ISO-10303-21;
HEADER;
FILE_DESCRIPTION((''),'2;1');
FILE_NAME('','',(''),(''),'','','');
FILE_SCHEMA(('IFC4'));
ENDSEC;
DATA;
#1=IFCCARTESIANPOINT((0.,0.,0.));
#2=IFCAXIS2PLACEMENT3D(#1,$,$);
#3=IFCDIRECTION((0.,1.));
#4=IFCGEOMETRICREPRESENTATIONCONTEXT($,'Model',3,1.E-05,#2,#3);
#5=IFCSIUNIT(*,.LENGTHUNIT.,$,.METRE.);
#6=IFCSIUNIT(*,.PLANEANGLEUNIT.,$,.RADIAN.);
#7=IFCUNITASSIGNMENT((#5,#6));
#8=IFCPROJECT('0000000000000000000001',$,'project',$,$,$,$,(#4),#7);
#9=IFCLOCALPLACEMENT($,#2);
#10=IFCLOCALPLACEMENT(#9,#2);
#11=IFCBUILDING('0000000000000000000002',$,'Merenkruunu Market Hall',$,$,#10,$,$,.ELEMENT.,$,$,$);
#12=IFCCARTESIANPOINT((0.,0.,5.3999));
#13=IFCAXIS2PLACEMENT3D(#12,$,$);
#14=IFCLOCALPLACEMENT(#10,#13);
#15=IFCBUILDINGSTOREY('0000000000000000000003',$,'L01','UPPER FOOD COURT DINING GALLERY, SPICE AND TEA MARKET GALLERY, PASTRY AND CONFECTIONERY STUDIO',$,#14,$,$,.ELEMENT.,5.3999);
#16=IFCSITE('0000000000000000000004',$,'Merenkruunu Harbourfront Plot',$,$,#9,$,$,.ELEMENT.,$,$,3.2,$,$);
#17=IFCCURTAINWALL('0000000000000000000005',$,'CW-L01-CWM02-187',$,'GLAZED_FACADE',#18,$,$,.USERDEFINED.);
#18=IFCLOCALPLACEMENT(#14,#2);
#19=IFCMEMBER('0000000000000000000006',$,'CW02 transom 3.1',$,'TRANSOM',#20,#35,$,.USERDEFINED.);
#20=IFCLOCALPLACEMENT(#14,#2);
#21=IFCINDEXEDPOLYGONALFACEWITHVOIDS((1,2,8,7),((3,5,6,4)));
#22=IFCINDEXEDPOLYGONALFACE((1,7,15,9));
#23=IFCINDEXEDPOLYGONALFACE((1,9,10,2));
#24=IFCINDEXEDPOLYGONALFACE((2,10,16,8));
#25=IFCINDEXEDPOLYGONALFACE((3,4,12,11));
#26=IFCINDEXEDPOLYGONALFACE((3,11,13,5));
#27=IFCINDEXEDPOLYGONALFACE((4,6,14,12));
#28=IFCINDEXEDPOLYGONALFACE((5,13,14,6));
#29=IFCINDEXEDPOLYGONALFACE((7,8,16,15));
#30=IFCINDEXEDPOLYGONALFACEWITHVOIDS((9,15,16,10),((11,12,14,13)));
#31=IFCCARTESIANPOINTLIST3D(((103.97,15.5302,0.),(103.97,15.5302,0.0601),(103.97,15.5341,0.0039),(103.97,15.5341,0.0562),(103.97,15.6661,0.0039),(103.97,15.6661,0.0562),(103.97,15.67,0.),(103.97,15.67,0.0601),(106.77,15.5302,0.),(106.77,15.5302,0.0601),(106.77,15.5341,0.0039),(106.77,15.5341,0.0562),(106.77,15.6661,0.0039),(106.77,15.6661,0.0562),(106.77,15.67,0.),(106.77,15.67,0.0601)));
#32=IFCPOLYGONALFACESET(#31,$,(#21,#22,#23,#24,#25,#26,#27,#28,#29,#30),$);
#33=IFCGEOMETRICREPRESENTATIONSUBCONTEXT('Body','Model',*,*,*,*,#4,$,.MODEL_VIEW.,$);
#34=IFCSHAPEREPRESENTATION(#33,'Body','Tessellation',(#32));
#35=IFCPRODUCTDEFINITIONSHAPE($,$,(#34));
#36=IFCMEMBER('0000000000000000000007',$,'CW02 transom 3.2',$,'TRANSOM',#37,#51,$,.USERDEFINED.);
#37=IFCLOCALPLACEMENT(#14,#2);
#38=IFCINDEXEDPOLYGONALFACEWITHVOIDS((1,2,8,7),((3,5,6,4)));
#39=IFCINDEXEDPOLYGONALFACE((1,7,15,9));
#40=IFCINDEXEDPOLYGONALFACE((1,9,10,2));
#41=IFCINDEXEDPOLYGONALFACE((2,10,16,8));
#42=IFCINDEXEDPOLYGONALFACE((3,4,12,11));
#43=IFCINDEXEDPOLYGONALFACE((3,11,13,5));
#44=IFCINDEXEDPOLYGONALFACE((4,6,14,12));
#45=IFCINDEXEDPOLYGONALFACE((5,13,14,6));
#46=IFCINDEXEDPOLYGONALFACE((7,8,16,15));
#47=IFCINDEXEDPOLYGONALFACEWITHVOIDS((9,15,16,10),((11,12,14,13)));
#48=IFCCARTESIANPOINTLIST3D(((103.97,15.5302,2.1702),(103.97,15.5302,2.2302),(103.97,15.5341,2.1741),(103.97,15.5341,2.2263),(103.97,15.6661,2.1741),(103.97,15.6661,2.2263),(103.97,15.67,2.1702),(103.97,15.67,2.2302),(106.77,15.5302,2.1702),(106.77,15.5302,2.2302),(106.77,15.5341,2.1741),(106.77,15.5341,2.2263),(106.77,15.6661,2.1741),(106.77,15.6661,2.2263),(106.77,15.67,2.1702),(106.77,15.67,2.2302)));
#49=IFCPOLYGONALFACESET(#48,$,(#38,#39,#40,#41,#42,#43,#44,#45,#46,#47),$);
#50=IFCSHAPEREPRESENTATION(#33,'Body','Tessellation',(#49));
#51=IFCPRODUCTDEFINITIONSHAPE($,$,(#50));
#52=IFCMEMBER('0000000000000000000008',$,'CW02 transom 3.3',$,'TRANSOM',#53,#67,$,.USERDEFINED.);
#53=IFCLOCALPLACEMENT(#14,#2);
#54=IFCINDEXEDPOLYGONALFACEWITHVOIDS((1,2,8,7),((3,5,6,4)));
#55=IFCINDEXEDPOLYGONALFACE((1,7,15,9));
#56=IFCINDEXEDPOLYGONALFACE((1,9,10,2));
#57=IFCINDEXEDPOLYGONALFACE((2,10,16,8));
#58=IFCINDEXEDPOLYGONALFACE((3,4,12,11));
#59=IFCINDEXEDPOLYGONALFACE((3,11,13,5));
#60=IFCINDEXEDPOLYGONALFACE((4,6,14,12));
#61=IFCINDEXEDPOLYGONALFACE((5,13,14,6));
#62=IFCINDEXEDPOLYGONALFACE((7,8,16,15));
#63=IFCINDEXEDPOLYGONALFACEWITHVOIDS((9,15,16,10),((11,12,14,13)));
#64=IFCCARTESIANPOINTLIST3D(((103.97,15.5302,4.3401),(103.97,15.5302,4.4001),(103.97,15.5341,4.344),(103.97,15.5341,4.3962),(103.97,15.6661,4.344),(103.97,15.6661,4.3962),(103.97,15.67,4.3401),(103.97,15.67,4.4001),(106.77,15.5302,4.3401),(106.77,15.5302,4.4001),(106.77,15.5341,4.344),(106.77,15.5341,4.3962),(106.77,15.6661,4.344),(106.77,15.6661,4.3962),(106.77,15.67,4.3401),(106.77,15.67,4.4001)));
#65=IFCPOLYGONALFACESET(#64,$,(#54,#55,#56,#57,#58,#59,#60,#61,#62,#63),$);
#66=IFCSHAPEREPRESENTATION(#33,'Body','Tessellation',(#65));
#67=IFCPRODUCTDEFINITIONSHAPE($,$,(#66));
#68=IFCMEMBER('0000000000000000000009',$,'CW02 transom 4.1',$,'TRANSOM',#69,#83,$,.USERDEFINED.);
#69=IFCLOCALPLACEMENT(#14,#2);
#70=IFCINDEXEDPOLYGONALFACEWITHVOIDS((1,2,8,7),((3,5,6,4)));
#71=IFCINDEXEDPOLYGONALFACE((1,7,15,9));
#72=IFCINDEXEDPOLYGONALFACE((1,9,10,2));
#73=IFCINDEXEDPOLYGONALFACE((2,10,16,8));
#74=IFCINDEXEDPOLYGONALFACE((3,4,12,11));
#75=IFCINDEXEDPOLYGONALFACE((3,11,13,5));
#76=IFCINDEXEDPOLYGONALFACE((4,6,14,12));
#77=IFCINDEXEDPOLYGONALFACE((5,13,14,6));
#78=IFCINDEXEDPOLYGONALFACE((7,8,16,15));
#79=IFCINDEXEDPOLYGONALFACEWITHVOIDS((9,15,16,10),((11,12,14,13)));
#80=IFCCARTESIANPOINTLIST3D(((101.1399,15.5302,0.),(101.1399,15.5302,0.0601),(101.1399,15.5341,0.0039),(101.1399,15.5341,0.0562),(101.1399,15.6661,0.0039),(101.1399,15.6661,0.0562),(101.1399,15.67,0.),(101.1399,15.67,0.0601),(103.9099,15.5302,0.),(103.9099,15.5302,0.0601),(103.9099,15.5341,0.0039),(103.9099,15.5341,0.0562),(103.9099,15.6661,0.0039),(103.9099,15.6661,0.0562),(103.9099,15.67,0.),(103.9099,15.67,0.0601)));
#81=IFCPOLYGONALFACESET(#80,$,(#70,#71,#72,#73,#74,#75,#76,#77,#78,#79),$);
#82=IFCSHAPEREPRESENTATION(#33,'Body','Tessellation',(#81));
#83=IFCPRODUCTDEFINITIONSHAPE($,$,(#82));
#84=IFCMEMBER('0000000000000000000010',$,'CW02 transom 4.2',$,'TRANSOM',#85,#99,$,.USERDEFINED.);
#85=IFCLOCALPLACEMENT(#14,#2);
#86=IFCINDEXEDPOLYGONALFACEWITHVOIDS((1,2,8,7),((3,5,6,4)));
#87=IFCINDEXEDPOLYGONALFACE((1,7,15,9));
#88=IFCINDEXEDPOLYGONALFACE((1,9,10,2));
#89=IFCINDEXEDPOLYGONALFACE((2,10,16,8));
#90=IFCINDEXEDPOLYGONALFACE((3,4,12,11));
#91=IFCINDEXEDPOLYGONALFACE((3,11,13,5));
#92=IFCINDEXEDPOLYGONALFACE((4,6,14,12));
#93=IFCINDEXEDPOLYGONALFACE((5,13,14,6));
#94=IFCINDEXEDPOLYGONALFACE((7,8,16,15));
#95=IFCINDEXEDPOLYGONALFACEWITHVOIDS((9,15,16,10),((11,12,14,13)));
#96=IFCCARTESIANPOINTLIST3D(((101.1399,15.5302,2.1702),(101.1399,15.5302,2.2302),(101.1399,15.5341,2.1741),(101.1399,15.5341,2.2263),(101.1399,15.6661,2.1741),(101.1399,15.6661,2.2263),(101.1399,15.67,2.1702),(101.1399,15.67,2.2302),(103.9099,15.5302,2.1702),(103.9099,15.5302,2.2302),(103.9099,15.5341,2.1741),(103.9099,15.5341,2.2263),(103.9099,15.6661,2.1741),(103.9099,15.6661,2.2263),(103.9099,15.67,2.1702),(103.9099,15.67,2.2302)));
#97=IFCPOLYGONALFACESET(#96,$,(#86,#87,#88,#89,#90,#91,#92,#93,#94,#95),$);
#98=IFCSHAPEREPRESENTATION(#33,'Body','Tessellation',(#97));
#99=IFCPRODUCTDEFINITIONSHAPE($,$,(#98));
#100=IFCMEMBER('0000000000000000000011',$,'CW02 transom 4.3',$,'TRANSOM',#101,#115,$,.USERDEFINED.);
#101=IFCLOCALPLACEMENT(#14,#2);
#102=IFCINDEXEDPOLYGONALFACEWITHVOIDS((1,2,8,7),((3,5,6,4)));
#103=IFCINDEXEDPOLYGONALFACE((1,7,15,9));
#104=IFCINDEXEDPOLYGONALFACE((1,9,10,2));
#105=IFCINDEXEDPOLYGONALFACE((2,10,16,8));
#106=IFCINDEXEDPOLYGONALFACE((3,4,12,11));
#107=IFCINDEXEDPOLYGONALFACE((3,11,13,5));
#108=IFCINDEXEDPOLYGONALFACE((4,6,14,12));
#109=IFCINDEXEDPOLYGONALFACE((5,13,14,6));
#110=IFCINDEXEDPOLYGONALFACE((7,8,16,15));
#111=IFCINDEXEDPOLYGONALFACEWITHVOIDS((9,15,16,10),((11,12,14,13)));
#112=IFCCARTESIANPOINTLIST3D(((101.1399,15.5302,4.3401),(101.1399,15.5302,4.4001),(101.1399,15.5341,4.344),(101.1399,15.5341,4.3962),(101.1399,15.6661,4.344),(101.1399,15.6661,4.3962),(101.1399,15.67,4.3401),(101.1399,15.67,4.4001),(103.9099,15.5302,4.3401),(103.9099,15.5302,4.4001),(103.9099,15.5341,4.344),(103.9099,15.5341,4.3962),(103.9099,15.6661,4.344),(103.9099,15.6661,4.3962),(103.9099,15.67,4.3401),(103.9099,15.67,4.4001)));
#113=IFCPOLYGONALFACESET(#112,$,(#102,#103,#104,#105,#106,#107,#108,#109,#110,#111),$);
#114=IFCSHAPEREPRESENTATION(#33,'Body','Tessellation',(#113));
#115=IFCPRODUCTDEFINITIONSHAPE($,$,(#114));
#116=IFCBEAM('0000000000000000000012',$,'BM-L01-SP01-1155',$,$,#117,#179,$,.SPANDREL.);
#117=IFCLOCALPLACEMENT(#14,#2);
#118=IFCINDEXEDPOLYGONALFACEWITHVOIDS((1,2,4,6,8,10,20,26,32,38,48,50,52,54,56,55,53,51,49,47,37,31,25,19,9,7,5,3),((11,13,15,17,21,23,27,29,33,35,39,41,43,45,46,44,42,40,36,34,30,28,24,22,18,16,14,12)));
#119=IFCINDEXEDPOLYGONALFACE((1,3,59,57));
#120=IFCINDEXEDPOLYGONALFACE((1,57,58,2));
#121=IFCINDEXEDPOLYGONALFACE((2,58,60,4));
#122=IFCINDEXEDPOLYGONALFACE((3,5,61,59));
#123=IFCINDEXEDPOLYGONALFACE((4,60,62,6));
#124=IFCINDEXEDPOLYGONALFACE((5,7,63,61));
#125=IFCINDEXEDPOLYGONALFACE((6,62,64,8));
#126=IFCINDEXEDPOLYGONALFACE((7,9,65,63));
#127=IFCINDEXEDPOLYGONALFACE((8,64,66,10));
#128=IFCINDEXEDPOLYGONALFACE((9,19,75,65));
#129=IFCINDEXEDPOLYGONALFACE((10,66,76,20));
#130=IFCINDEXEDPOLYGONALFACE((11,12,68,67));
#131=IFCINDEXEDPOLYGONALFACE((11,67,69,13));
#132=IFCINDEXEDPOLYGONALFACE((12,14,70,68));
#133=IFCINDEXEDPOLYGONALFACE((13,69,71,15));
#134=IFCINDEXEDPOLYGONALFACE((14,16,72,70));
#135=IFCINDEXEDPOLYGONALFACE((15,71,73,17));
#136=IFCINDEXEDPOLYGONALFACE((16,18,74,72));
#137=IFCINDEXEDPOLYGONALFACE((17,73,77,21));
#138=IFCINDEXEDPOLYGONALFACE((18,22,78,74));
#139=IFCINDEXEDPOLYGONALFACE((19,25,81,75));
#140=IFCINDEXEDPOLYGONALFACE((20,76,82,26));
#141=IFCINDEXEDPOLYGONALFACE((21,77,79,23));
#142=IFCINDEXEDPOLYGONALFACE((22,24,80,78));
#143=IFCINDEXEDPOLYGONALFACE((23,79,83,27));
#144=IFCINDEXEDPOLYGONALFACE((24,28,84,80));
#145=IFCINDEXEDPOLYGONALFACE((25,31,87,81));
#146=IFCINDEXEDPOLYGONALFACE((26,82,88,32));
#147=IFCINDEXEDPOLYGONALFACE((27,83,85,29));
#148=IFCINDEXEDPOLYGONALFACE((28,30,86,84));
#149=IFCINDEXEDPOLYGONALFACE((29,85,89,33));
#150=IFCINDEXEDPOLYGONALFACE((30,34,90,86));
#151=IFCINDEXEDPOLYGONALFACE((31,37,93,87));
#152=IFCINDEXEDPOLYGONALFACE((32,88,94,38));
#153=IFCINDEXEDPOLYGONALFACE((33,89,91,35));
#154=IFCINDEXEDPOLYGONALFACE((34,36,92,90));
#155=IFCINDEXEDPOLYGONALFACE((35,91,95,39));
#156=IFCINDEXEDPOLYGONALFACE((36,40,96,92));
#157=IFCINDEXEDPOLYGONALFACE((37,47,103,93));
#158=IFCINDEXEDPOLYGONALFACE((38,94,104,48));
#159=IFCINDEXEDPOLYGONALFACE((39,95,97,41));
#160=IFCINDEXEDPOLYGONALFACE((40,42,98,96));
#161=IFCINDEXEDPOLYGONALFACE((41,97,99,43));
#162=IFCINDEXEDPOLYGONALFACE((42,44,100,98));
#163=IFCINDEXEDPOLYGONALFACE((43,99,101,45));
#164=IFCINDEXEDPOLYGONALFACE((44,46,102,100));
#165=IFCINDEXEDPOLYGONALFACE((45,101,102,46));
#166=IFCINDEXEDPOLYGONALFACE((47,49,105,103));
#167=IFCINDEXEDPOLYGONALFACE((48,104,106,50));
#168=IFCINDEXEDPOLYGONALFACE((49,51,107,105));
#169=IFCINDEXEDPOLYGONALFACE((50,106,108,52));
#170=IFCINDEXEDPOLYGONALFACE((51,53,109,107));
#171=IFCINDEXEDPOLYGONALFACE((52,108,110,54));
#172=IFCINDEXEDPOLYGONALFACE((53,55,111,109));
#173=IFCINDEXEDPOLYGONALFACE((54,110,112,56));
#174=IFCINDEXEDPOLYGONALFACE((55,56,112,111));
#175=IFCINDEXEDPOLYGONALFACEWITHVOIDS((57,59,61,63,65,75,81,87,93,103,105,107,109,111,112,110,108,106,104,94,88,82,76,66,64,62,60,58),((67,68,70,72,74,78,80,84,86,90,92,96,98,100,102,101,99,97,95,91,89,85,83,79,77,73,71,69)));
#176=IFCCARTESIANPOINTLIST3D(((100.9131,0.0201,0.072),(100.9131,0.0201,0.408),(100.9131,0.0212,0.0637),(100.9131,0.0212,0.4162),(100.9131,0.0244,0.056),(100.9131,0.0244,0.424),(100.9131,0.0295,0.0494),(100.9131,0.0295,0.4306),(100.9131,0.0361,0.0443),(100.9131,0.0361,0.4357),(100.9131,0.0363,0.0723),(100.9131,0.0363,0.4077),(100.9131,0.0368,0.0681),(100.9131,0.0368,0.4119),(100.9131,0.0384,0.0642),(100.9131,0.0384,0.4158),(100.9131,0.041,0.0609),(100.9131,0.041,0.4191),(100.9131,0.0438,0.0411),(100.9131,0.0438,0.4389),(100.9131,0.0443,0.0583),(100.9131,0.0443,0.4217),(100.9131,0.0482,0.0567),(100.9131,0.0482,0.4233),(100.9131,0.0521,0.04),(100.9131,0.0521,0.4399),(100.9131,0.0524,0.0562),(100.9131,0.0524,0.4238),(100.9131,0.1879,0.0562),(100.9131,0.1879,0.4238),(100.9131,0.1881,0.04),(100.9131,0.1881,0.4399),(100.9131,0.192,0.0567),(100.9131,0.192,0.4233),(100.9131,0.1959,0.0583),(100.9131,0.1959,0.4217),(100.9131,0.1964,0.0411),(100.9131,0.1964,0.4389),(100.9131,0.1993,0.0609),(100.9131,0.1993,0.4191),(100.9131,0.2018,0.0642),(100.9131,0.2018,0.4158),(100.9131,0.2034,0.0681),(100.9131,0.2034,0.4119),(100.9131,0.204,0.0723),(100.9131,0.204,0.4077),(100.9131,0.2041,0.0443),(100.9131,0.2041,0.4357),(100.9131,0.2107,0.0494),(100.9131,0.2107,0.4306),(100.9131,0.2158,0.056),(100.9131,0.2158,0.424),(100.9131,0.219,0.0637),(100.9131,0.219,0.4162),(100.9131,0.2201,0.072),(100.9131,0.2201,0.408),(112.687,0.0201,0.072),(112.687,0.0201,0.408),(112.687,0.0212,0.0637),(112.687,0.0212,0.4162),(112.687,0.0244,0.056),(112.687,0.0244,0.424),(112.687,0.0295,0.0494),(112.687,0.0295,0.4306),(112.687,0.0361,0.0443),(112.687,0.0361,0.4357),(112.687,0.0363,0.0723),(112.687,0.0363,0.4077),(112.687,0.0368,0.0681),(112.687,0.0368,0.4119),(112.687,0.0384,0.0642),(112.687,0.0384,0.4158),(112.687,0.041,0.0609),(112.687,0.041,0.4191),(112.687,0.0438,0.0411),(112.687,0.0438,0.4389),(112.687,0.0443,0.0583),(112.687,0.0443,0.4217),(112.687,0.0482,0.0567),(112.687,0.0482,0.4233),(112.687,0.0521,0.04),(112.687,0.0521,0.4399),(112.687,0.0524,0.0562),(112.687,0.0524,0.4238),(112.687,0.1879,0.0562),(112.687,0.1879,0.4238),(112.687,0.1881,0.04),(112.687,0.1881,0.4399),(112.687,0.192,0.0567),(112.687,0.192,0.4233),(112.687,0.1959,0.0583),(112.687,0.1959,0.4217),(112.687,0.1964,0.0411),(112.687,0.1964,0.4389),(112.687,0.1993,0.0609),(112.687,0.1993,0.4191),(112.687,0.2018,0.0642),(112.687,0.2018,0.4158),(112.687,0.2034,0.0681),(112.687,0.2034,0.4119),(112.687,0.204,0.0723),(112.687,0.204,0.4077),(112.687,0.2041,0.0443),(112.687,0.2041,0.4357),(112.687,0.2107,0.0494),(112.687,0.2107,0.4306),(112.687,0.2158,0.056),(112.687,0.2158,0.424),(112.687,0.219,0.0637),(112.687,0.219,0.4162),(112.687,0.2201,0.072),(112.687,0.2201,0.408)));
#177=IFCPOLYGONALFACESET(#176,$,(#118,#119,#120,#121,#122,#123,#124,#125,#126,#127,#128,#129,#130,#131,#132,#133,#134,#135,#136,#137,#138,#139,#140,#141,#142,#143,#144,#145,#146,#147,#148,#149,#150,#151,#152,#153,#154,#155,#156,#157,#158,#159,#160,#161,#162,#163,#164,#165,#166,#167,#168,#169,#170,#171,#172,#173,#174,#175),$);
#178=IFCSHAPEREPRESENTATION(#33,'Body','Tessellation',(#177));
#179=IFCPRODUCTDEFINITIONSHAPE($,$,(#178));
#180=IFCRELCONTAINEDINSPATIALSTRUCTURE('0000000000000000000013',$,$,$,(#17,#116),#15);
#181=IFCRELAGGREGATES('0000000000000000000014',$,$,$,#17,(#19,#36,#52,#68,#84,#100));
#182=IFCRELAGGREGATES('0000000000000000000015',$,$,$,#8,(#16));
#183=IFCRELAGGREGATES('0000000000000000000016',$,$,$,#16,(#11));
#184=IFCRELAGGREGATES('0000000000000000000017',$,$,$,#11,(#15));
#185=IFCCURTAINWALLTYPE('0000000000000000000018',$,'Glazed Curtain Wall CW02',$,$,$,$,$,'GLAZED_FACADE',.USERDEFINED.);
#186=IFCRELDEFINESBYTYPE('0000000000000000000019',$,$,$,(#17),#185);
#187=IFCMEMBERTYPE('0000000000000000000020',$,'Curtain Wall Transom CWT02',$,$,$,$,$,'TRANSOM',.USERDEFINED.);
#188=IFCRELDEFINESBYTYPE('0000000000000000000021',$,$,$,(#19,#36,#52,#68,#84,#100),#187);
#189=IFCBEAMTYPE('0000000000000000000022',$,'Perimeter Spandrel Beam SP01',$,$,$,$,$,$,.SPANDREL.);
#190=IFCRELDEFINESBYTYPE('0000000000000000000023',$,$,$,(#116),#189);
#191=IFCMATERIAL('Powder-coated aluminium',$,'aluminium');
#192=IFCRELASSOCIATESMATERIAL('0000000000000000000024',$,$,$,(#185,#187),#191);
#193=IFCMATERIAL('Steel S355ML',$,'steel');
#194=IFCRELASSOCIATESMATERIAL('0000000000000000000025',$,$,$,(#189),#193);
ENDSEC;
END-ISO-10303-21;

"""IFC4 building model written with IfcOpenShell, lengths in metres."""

from ifc_helpers import new_model, si_unit, direction, frame, origin, origin_2d, place, context, subcontext, project, spatial, hollow_rectangle, extrude, material, material_profile, profile_set, type_object, element, aggregate, save


model = new_model("IFC4")

# Units and contexts
model_context = context("Model", 3, precision=1e-05, world=origin(), true_north=direction((0.0, 1.0)))
body_context = subcontext(model_context, "Body", "Model", "MODEL_VIEW")
ifc_project = project(units=[si_unit("LENGTHUNIT", "METRE"), si_unit("PLANEANGLEUNIT", "RADIAN")], contexts=[model_context])

# Site, building, storey
site_placement = place(None, origin())
site = spatial("IfcSite", under=ifc_project, at=site_placement, Name="Merenkruunu Harbourfront Plot", CompositionType="ELEMENT", RefElevation=3.2)
building_placement = place(site_placement, origin())
building = spatial("IfcBuilding", under=site, at=building_placement, Name="Merenkruunu Market Hall", CompositionType="ELEMENT")
storey_placement = place(building_placement, frame((0.0, 0.0, 5.3999)))
storey = spatial("IfcBuildingStorey", under=building, at=storey_placement, Name="L01", Description="UPPER FOOD COURT DINING GALLERY, SPICE AND TEA MARKET GALLERY, PASTRY AND CONFECTIONERY STUDIO", CompositionType="ELEMENT", Elevation=5.3999)

# Curtain wall, members
ifc_material_1 = material(Name="Powder-coated aluminium", Category="aluminium")
curtain_wall_type = type_object("IfcCurtainWallType", Name="Glazed Curtain Wall CW02", ElementType="GLAZED_FACADE", PredefinedType="USERDEFINED", material=ifc_material_1)
curtain_wall_placement = place(storey_placement, origin())
curtain_wall = element("IfcCurtainWall", 1, at=curtain_wall_placement, inside=storey, type_object=curtain_wall_type, Name="CW-L01-CWM02-187", ObjectType="GLAZED_FACADE", PredefinedType="USERDEFINED")
ifc_material_profile_1 = material_profile(ifc_material_1, hollow_rectangle(XDim=0.0601, YDim=0.1399, WallThickness=0.0039, at=origin_2d()), Name="ALU 60x140x4")
ifc_profile_set_1 = profile_set([ifc_material_profile_1], Name="Powder-coated aluminium")
member_type_1 = type_object("IfcMemberType", Name="Curtain Wall Transom CWT02", ElementType="TRANSOM", PredefinedType="USERDEFINED", material=ifc_profile_set_1)
member_1_placement = place(storey_placement, frame((106.77, 15.6001, 0.03), z_axis=(-1.0, 0.0, 0.0), x_axis=(0.0, 0.0, 1.0)))
member_1 = element("IfcMember", 2, at=member_1_placement, type_object=member_type_1, Name="CW02 transom 3.1", ObjectType="TRANSOM", PredefinedType="USERDEFINED", context=body_context, shape_type="SweptSolid", body=[
    extrude(hollow_rectangle(XDim=0.0601, YDim=0.1399, WallThickness=0.0039, at=origin_2d()), origin(), (0.0, 0.0, 1.0), 2.8),
])
member_2_placement = place(storey_placement, frame((106.77, 15.6001, 2.2002), z_axis=(-1.0, 0.0, 0.0), x_axis=(0.0, 0.0, 1.0)))
member_2 = element("IfcMember", 3, at=member_2_placement, type_object=member_type_1, Name="CW02 transom 3.2", ObjectType="TRANSOM", PredefinedType="USERDEFINED", context=body_context, shape_type="SweptSolid", body=[
    extrude(hollow_rectangle(XDim=0.0601, YDim=0.1399, WallThickness=0.0039, at=origin_2d()), origin(), (0.0, 0.0, 1.0), 2.8),
])
member_3_placement = place(storey_placement, frame((106.77, 15.6001, 4.3701), z_axis=(-1.0, 0.0, 0.0), x_axis=(0.0, 0.0, 1.0)))
member_3 = element("IfcMember", 4, at=member_3_placement, type_object=member_type_1, Name="CW02 transom 3.3", ObjectType="TRANSOM", PredefinedType="USERDEFINED", context=body_context, shape_type="SweptSolid", body=[
    extrude(hollow_rectangle(XDim=0.0601, YDim=0.1399, WallThickness=0.0039, at=origin_2d()), origin(), (0.0, 0.0, 1.0), 2.8),
])
member_4_placement = place(storey_placement, frame((103.9099, 15.6001, 0.03), z_axis=(-1.0, 0.0, 0.0), x_axis=(0.0, 0.0, 1.0)))
member_4 = element("IfcMember", 5, at=member_4_placement, type_object=member_type_1, Name="CW02 transom 4.1", ObjectType="TRANSOM", PredefinedType="USERDEFINED", context=body_context, shape_type="SweptSolid", body=[
    extrude(hollow_rectangle(XDim=0.0601, YDim=0.1399, WallThickness=0.0039, at=origin_2d()), origin(), (0.0, 0.0, 1.0), 2.77),
])
member_5_placement = place(storey_placement, frame((103.9099, 15.6001, 2.2002), z_axis=(-1.0, 0.0, 0.0), x_axis=(0.0, 0.0, 1.0)))
member_5 = element("IfcMember", 6, at=member_5_placement, type_object=member_type_1, Name="CW02 transom 4.2", ObjectType="TRANSOM", PredefinedType="USERDEFINED", context=body_context, shape_type="SweptSolid", body=[
    extrude(hollow_rectangle(XDim=0.0601, YDim=0.1399, WallThickness=0.0039, at=origin_2d()), origin(), (0.0, 0.0, 1.0), 2.77),
])
member_6_placement = place(storey_placement, frame((103.9099, 15.6001, 4.3701), z_axis=(-1.0, 0.0, 0.0), x_axis=(0.0, 0.0, 1.0)))
member_6 = element("IfcMember", 7, at=member_6_placement, type_object=member_type_1, Name="CW02 transom 4.3", ObjectType="TRANSOM", PredefinedType="USERDEFINED", context=body_context, shape_type="SweptSolid", body=[
    extrude(hollow_rectangle(XDim=0.0601, YDim=0.1399, WallThickness=0.0039, at=origin_2d()), origin(), (0.0, 0.0, 1.0), 2.77),
])

# Beam
ifc_material_2 = material(Name="Steel S355ML", Category="steel")
ifc_material_profile_2 = material_profile(ifc_material_2, hollow_rectangle(XDim=0.2, YDim=0.3999, WallThickness=0.0161, InnerFilletRadius=0.0161, OuterFilletRadius=0.032, at=origin_2d()), Name="RHS 400x200x16")
ifc_profile_set_2 = profile_set([ifc_material_profile_2], Name="Steel S355ML")
beam_type_1 = type_object("IfcBeamType", Name="Perimeter Spandrel Beam SP01", PredefinedType="SPANDREL", material=ifc_profile_set_2)
beam_1_placement = place(storey_placement, frame((100.9131, 0.1201, 0.24), z_axis=(1.0, 0.0, 0.0), x_axis=(0.0, 1.0, 0.0)))
element("IfcBeam", 8, at=beam_1_placement, inside=storey, type_object=beam_type_1, Name="BM-L01-SP01-1155", PredefinedType="SPANDREL", context=body_context, shape_type="SweptSolid", body=[
    extrude(hollow_rectangle(XDim=0.2, YDim=0.3999, WallThickness=0.0161, InnerFilletRadius=0.0161, OuterFilletRadius=0.032, at=origin_2d()), origin(), (0.0, 0.0, 1.0), 11.7739),
])

aggregate(curtain_wall, [member_1, member_2, member_3, member_4, member_5, member_6])

save(model, "model.ifc")
